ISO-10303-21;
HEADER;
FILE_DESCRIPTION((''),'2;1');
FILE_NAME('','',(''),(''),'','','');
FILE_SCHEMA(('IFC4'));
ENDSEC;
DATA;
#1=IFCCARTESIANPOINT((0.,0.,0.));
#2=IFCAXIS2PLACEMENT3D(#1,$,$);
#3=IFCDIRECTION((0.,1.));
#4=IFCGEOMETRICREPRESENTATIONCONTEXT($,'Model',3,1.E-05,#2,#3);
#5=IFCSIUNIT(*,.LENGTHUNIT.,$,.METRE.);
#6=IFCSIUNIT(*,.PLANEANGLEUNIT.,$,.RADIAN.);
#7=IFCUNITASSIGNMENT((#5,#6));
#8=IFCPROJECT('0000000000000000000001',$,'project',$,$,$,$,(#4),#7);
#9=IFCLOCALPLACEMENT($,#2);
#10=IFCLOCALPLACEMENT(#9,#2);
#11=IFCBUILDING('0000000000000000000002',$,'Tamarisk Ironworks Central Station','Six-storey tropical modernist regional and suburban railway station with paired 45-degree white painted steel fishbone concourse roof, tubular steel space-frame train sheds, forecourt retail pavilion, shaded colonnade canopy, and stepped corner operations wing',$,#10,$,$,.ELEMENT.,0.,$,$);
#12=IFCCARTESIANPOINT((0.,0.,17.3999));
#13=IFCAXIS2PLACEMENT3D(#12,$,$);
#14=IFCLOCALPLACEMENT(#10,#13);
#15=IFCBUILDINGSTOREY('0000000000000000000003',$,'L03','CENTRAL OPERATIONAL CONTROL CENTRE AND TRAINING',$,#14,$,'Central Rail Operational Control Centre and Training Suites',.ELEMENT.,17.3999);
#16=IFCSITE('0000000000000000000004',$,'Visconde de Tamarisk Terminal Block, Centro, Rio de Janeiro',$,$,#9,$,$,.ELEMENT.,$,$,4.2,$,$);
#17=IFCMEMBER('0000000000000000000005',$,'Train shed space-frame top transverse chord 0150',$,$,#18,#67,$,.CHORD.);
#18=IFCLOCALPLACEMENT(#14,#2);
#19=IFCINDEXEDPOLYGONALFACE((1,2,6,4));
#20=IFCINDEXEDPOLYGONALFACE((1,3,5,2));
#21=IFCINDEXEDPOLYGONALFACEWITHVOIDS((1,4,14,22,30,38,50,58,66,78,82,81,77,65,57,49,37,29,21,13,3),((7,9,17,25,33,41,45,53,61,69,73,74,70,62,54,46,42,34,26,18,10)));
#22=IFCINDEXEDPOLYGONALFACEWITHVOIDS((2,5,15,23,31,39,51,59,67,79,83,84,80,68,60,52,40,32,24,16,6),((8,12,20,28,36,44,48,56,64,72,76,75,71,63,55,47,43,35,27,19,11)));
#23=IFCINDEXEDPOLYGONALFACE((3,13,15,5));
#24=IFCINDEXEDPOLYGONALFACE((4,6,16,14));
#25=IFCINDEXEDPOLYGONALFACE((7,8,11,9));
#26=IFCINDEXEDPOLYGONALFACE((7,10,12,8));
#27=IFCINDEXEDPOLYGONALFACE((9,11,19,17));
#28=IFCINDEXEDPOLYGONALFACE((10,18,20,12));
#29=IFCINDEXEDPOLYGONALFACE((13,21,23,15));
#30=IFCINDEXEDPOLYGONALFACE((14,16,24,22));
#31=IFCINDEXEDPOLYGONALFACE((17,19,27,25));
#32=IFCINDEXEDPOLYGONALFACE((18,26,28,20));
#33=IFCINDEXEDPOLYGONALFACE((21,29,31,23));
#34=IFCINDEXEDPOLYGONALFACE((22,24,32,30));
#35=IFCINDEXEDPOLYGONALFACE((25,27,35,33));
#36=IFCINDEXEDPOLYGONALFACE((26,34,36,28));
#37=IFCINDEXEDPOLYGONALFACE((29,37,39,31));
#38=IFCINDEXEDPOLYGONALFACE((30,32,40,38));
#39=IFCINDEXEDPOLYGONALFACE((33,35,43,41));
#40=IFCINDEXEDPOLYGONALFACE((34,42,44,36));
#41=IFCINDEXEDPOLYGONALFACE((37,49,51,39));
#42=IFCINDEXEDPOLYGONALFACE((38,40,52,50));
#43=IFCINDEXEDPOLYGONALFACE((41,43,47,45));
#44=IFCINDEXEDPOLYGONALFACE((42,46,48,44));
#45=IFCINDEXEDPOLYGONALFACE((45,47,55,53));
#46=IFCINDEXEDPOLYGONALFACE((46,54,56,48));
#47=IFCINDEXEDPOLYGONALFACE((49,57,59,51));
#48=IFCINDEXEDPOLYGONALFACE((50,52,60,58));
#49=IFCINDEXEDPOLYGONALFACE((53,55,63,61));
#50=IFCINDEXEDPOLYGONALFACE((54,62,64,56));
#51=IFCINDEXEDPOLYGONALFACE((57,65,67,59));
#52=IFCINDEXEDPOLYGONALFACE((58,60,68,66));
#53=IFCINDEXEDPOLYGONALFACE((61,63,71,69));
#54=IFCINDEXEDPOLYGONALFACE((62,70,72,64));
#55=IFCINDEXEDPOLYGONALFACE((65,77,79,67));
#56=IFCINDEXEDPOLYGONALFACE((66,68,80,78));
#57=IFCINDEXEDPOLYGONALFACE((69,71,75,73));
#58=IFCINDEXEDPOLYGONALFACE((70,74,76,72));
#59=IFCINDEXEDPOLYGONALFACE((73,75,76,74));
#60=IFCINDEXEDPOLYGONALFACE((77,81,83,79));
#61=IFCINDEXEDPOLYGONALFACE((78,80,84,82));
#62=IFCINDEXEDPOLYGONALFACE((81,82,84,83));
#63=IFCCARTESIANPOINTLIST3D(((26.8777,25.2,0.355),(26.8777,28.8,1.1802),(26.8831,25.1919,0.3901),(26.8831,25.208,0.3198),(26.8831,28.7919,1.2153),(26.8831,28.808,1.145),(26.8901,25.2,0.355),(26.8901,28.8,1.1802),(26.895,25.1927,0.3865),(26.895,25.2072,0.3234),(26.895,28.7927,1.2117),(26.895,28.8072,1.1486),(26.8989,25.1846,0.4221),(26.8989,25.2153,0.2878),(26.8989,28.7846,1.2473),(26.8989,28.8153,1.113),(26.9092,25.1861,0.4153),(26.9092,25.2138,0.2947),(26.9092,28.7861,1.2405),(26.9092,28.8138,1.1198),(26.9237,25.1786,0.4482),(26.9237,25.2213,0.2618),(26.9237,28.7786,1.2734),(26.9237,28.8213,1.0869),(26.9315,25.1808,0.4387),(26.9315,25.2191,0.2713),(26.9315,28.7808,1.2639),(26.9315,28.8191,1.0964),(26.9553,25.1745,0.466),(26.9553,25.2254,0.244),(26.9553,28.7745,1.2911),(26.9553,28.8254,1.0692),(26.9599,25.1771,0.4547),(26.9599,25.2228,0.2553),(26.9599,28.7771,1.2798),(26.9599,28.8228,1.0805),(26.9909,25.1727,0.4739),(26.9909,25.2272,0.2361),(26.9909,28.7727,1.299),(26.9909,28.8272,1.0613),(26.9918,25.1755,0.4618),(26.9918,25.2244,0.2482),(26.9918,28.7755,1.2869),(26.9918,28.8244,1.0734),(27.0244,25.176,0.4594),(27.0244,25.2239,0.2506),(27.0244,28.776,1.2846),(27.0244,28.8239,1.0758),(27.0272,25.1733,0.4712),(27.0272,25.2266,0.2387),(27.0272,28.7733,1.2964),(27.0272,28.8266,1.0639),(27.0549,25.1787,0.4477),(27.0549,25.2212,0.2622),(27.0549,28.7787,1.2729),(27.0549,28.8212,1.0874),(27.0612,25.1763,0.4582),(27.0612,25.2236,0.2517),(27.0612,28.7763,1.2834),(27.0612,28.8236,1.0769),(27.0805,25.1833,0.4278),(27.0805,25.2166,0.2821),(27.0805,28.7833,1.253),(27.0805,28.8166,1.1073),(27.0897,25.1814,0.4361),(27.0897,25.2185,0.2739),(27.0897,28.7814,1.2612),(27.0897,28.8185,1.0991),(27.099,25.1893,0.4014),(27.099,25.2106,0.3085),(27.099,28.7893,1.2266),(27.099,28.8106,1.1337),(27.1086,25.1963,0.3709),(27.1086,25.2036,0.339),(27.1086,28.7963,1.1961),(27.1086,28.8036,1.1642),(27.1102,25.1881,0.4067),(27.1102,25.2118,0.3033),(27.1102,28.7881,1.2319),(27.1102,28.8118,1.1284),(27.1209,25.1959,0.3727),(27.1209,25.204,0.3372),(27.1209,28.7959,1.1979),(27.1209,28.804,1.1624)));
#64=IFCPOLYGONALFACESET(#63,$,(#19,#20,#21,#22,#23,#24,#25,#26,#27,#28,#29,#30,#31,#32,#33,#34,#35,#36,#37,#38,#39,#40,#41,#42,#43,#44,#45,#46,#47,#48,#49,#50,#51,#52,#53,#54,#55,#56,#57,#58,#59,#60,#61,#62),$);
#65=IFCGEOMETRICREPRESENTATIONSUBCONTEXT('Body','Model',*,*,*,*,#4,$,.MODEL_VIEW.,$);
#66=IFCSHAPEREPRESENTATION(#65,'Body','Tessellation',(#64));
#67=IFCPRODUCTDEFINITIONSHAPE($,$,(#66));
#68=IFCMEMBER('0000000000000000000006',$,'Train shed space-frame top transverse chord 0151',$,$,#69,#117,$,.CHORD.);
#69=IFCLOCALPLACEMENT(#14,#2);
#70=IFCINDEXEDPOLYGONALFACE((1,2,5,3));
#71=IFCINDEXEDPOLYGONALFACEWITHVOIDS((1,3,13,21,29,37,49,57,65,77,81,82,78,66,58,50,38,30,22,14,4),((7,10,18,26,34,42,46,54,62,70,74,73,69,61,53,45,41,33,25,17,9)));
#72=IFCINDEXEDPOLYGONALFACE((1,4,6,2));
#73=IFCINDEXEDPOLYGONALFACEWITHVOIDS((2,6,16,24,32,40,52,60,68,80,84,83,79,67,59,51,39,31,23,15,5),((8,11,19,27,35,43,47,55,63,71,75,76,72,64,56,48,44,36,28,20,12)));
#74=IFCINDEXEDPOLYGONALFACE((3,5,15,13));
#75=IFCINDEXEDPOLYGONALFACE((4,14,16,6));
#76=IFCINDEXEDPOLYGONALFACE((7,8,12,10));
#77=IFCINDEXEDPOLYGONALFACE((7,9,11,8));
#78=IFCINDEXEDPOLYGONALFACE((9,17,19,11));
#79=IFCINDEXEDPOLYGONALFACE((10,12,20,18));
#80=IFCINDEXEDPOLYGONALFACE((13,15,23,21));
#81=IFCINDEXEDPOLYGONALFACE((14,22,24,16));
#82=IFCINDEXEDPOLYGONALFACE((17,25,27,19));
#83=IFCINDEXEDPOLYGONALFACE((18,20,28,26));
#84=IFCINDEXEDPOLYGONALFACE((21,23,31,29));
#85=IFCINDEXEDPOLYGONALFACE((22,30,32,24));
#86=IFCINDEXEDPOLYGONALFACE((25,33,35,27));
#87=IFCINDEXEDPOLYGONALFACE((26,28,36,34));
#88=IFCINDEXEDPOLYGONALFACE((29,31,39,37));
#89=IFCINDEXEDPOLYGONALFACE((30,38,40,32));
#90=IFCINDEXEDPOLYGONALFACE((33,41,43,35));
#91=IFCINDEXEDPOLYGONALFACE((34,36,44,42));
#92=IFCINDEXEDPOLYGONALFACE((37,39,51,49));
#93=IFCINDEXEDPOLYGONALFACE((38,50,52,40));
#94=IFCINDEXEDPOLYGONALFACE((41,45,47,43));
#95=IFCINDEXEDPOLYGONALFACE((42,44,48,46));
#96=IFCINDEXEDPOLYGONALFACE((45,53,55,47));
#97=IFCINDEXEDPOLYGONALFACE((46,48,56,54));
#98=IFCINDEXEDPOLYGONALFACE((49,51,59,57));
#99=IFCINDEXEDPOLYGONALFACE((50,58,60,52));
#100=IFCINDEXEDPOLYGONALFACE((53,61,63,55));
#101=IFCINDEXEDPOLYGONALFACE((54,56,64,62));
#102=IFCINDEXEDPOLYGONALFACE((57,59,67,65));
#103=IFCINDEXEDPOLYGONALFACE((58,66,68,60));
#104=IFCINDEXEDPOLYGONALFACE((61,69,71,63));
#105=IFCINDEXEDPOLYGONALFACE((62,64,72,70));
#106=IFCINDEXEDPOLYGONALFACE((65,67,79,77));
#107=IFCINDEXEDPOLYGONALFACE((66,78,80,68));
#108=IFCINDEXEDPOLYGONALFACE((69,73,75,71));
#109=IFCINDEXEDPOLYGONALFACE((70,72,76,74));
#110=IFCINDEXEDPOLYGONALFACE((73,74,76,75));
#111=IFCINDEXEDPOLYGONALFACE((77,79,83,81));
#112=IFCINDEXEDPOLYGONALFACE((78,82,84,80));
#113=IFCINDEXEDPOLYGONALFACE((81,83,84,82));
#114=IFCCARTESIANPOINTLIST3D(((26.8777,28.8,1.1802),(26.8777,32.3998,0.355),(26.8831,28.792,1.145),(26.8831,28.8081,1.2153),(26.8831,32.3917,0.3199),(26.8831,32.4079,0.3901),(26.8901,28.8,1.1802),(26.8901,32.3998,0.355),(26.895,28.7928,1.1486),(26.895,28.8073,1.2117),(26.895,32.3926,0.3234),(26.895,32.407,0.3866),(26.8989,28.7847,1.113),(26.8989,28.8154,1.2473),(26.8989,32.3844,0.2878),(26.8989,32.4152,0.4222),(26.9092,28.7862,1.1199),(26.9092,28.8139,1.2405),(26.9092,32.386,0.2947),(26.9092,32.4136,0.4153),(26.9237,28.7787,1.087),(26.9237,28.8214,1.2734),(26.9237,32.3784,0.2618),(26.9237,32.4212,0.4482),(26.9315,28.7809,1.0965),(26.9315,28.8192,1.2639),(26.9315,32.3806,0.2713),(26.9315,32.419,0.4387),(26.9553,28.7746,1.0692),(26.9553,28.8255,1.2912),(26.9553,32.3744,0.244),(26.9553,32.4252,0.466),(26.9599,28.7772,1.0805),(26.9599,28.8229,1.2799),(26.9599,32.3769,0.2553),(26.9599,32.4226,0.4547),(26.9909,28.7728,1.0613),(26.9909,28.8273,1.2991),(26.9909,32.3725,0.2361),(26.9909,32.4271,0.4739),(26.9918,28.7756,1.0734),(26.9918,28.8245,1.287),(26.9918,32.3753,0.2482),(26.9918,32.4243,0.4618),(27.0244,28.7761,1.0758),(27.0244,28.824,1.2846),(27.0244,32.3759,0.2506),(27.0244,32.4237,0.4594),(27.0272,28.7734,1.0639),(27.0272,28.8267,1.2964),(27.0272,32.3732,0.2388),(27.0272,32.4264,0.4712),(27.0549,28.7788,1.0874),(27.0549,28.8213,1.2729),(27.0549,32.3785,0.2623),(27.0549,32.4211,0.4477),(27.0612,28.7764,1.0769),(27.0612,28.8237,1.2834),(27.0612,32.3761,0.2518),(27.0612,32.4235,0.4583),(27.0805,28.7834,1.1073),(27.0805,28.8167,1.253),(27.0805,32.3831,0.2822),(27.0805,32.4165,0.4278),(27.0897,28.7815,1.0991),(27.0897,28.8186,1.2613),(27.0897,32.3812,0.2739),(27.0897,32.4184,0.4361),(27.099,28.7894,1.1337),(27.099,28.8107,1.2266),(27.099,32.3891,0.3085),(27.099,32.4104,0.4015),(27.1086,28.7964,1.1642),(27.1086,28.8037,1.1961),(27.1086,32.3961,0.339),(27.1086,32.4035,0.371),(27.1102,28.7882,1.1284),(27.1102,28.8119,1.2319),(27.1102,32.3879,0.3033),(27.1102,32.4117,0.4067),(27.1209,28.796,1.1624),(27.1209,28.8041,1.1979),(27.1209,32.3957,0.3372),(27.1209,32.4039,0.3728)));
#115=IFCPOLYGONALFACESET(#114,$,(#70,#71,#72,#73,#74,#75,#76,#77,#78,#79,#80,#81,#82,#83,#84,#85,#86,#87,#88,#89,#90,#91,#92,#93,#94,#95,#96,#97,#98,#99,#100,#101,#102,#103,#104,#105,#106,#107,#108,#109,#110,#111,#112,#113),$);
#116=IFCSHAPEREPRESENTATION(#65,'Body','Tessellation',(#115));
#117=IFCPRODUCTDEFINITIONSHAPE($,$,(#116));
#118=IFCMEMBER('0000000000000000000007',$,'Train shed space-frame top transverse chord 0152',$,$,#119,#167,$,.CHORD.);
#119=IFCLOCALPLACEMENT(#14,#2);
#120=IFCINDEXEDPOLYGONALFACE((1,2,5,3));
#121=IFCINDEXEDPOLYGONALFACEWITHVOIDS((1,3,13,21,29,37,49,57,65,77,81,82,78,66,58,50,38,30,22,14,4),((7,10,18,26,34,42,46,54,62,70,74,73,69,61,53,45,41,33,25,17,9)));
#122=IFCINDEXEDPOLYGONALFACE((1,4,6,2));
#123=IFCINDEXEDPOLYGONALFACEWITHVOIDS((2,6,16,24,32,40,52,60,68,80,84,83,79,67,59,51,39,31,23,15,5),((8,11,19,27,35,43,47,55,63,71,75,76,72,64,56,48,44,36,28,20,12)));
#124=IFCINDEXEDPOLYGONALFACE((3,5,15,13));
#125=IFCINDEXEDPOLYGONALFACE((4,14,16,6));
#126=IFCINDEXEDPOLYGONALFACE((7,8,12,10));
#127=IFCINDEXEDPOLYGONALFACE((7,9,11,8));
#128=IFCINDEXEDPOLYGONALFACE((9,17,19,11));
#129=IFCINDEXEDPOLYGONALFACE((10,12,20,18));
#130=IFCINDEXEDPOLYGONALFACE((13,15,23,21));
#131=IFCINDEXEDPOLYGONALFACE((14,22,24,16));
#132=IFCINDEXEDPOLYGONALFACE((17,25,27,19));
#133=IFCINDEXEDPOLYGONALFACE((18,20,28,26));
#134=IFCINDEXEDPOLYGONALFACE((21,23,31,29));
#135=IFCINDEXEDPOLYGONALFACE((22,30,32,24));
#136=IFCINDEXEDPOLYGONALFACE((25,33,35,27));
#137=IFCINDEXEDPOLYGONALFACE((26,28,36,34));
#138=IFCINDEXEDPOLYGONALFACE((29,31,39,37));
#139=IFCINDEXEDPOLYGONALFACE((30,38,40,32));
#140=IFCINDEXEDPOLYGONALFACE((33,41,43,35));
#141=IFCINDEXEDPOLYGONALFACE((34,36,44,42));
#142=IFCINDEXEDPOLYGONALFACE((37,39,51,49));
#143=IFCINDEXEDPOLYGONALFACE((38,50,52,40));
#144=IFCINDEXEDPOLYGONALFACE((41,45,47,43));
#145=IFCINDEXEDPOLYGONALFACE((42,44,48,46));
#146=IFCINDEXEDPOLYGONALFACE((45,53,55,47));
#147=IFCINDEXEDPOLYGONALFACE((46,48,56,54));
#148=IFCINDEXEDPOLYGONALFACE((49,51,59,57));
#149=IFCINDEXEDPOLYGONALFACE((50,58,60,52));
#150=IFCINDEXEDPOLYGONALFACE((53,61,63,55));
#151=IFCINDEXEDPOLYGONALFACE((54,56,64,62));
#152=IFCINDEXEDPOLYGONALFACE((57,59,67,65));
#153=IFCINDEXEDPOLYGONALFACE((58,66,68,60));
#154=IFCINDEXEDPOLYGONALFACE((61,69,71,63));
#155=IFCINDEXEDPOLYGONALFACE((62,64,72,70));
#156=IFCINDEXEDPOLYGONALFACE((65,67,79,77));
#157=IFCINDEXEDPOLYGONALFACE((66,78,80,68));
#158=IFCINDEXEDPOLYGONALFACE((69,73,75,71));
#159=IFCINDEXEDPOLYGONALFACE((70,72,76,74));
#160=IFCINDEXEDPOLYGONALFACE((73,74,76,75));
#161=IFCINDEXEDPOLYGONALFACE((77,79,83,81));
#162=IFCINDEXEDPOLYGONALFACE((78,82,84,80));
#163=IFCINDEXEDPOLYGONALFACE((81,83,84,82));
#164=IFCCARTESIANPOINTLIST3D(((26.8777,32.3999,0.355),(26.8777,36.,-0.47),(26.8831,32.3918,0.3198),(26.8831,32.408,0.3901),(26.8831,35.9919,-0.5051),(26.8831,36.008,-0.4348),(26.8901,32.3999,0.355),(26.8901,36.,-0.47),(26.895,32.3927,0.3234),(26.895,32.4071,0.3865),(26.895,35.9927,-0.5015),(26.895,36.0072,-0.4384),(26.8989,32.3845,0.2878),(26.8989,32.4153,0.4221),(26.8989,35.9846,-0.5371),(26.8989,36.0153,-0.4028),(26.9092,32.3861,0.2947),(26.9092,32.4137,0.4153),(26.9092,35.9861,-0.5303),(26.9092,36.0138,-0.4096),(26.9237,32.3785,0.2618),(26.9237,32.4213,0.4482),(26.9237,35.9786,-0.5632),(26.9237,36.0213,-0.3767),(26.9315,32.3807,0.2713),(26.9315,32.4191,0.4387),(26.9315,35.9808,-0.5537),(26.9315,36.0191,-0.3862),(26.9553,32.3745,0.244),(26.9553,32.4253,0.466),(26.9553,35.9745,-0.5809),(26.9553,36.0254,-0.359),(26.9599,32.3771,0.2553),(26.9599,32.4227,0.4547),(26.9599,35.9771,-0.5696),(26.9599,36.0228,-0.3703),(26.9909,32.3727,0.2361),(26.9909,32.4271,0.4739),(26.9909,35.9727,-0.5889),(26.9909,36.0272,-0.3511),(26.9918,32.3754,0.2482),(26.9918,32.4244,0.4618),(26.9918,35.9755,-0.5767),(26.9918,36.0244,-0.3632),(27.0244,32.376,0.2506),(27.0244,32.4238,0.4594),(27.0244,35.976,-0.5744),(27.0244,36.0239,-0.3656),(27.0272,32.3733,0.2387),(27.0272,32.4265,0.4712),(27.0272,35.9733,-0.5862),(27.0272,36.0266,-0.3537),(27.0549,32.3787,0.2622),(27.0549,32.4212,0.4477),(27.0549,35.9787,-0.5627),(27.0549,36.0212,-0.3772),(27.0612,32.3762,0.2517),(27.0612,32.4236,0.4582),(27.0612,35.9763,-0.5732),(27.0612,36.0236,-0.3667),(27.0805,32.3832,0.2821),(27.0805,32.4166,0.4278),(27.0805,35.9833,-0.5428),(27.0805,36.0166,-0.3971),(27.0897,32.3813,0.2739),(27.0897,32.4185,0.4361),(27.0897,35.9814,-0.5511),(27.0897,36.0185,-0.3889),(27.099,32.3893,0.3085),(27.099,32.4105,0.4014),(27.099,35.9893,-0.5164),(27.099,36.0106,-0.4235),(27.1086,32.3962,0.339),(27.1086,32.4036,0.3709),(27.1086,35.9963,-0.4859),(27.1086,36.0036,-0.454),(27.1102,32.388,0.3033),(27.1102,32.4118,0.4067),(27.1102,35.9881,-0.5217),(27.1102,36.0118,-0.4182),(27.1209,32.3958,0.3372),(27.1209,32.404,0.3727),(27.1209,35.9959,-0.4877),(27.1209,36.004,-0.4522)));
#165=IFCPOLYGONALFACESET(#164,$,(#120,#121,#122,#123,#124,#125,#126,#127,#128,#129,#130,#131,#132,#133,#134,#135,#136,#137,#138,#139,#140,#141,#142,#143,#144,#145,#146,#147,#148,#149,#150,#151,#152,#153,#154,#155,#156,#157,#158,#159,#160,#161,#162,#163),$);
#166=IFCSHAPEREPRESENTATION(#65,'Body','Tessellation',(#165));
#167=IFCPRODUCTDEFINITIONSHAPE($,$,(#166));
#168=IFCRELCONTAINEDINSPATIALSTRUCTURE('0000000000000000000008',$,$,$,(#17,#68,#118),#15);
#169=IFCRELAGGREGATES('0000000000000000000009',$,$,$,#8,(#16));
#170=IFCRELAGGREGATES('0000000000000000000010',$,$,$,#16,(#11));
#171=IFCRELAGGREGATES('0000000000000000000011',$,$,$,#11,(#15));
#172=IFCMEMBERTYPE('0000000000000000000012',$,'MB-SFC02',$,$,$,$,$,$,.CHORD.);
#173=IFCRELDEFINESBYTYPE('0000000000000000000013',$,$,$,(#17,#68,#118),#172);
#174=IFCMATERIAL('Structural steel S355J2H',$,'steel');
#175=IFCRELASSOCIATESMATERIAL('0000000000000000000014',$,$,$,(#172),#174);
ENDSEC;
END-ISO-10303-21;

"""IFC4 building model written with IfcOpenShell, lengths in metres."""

from ifc_helpers import new_model, si_unit, direction, frame, origin, origin_2d, place, context, subcontext, project, spatial, hollow_circle, extrude, material, material_profile, profile_set, type_object, element, save


model = new_model("IFC4")

# Units and contexts
model_context = context("Model", 3, precision=1e-05, world=origin(), true_north=direction((0.0, 1.0)))
body_context = subcontext(model_context, "Body", "Model", "MODEL_VIEW")
ifc_project = project(units=[si_unit("LENGTHUNIT", "METRE"), si_unit("PLANEANGLEUNIT", "RADIAN")], contexts=[model_context])

# Site, building, storey
site_placement = place(None, origin())
site = spatial("IfcSite", under=ifc_project, at=site_placement, Name="Visconde de Tamarisk Terminal Block, Centro, Rio de Janeiro", CompositionType="ELEMENT", RefElevation=4.2)
building_placement = place(site_placement, origin())
building = spatial("IfcBuilding", under=site, at=building_placement, Name="Tamarisk Ironworks Central Station", Description="Six-storey tropical modernist regional and suburban railway station with paired 45-degree white painted steel fishbone concourse roof, tubular steel space-frame train sheds, forecourt retail pavilion, shaded colonnade canopy, and stepped corner operations wing", CompositionType="ELEMENT", ElevationOfRefHeight=0.0)
storey_placement = place(building_placement, frame((0.0, 0.0, 17.3999)))
storey = spatial("IfcBuildingStorey", under=building, at=storey_placement, Name="L03", Description="CENTRAL OPERATIONAL CONTROL CENTRE AND TRAINING", LongName="Central Rail Operational Control Centre and Training Suites", CompositionType="ELEMENT", Elevation=17.3999)

# Members
ifc_material = material(Name="Structural steel S355J2H", Category="steel")
ifc_material_profile_1 = material_profile(ifc_material, hollow_circle(Radius=0.1223, WallThickness=0.0125, at=origin_2d()), Name="CHS 244.5x12.5")
ifc_profile_set_1 = profile_set([ifc_material_profile_1], Name="Structural steel S355J2H")
member_type_1 = type_object("IfcMemberType", Name="MB-SFC02", PredefinedType="CHORD", material=ifc_profile_set_1)
for number, where, z_axis, x_axis, name in (
    (1, (27.0, 25.2, 0.355), (0.0, 0.974722, 0.223421), (-1.0, 0.0, 0.0), "Train shed space-frame top transverse chord 0150"),
):
    element("IfcMember", number, at=place(storey_placement, frame(where, z_axis=z_axis, x_axis=x_axis)), inside=storey, type_object=member_type_1, Name=name, PredefinedType="CHORD", context=body_context, shape_type="SweptSolid", body=[
        extrude(hollow_circle(Radius=0.1223, WallThickness=0.0125, at=origin_2d()), origin(), (0.0, 0.0, 1.0), 3.6934),
    ])
member_1_placement = place(storey_placement, frame((27.0, 28.8, 1.1802), z_axis=(0.0, 0.974719, -0.223435), x_axis=(-1.0, 0.0, 0.0)))
element("IfcMember", 2, at=member_1_placement, inside=storey, type_object=member_type_1, Name="Train shed space-frame top transverse chord 0151", PredefinedType="CHORD", context=body_context, shape_type="SweptSolid", body=[
    extrude(hollow_circle(Radius=0.1223, WallThickness=0.0125, at=origin_2d()), origin(), (0.0, 0.0, 1.0), 3.6931),
])
member_2_placement = place(storey_placement, frame((27.0, 32.3999, 0.355), z_axis=(0.0, 0.974737, -0.223358), x_axis=(-1.0, 0.0, 0.0)))
element("IfcMember", 3, at=member_2_placement, inside=storey, type_object=member_type_1, Name="Train shed space-frame top transverse chord 0152", PredefinedType="CHORD", context=body_context, shape_type="SweptSolid", body=[
    extrude(hollow_circle(Radius=0.1223, WallThickness=0.0125, at=origin_2d()), origin(), (0.0, 0.0, 1.0), 3.6934),
])

save(model, "model.ifc")
